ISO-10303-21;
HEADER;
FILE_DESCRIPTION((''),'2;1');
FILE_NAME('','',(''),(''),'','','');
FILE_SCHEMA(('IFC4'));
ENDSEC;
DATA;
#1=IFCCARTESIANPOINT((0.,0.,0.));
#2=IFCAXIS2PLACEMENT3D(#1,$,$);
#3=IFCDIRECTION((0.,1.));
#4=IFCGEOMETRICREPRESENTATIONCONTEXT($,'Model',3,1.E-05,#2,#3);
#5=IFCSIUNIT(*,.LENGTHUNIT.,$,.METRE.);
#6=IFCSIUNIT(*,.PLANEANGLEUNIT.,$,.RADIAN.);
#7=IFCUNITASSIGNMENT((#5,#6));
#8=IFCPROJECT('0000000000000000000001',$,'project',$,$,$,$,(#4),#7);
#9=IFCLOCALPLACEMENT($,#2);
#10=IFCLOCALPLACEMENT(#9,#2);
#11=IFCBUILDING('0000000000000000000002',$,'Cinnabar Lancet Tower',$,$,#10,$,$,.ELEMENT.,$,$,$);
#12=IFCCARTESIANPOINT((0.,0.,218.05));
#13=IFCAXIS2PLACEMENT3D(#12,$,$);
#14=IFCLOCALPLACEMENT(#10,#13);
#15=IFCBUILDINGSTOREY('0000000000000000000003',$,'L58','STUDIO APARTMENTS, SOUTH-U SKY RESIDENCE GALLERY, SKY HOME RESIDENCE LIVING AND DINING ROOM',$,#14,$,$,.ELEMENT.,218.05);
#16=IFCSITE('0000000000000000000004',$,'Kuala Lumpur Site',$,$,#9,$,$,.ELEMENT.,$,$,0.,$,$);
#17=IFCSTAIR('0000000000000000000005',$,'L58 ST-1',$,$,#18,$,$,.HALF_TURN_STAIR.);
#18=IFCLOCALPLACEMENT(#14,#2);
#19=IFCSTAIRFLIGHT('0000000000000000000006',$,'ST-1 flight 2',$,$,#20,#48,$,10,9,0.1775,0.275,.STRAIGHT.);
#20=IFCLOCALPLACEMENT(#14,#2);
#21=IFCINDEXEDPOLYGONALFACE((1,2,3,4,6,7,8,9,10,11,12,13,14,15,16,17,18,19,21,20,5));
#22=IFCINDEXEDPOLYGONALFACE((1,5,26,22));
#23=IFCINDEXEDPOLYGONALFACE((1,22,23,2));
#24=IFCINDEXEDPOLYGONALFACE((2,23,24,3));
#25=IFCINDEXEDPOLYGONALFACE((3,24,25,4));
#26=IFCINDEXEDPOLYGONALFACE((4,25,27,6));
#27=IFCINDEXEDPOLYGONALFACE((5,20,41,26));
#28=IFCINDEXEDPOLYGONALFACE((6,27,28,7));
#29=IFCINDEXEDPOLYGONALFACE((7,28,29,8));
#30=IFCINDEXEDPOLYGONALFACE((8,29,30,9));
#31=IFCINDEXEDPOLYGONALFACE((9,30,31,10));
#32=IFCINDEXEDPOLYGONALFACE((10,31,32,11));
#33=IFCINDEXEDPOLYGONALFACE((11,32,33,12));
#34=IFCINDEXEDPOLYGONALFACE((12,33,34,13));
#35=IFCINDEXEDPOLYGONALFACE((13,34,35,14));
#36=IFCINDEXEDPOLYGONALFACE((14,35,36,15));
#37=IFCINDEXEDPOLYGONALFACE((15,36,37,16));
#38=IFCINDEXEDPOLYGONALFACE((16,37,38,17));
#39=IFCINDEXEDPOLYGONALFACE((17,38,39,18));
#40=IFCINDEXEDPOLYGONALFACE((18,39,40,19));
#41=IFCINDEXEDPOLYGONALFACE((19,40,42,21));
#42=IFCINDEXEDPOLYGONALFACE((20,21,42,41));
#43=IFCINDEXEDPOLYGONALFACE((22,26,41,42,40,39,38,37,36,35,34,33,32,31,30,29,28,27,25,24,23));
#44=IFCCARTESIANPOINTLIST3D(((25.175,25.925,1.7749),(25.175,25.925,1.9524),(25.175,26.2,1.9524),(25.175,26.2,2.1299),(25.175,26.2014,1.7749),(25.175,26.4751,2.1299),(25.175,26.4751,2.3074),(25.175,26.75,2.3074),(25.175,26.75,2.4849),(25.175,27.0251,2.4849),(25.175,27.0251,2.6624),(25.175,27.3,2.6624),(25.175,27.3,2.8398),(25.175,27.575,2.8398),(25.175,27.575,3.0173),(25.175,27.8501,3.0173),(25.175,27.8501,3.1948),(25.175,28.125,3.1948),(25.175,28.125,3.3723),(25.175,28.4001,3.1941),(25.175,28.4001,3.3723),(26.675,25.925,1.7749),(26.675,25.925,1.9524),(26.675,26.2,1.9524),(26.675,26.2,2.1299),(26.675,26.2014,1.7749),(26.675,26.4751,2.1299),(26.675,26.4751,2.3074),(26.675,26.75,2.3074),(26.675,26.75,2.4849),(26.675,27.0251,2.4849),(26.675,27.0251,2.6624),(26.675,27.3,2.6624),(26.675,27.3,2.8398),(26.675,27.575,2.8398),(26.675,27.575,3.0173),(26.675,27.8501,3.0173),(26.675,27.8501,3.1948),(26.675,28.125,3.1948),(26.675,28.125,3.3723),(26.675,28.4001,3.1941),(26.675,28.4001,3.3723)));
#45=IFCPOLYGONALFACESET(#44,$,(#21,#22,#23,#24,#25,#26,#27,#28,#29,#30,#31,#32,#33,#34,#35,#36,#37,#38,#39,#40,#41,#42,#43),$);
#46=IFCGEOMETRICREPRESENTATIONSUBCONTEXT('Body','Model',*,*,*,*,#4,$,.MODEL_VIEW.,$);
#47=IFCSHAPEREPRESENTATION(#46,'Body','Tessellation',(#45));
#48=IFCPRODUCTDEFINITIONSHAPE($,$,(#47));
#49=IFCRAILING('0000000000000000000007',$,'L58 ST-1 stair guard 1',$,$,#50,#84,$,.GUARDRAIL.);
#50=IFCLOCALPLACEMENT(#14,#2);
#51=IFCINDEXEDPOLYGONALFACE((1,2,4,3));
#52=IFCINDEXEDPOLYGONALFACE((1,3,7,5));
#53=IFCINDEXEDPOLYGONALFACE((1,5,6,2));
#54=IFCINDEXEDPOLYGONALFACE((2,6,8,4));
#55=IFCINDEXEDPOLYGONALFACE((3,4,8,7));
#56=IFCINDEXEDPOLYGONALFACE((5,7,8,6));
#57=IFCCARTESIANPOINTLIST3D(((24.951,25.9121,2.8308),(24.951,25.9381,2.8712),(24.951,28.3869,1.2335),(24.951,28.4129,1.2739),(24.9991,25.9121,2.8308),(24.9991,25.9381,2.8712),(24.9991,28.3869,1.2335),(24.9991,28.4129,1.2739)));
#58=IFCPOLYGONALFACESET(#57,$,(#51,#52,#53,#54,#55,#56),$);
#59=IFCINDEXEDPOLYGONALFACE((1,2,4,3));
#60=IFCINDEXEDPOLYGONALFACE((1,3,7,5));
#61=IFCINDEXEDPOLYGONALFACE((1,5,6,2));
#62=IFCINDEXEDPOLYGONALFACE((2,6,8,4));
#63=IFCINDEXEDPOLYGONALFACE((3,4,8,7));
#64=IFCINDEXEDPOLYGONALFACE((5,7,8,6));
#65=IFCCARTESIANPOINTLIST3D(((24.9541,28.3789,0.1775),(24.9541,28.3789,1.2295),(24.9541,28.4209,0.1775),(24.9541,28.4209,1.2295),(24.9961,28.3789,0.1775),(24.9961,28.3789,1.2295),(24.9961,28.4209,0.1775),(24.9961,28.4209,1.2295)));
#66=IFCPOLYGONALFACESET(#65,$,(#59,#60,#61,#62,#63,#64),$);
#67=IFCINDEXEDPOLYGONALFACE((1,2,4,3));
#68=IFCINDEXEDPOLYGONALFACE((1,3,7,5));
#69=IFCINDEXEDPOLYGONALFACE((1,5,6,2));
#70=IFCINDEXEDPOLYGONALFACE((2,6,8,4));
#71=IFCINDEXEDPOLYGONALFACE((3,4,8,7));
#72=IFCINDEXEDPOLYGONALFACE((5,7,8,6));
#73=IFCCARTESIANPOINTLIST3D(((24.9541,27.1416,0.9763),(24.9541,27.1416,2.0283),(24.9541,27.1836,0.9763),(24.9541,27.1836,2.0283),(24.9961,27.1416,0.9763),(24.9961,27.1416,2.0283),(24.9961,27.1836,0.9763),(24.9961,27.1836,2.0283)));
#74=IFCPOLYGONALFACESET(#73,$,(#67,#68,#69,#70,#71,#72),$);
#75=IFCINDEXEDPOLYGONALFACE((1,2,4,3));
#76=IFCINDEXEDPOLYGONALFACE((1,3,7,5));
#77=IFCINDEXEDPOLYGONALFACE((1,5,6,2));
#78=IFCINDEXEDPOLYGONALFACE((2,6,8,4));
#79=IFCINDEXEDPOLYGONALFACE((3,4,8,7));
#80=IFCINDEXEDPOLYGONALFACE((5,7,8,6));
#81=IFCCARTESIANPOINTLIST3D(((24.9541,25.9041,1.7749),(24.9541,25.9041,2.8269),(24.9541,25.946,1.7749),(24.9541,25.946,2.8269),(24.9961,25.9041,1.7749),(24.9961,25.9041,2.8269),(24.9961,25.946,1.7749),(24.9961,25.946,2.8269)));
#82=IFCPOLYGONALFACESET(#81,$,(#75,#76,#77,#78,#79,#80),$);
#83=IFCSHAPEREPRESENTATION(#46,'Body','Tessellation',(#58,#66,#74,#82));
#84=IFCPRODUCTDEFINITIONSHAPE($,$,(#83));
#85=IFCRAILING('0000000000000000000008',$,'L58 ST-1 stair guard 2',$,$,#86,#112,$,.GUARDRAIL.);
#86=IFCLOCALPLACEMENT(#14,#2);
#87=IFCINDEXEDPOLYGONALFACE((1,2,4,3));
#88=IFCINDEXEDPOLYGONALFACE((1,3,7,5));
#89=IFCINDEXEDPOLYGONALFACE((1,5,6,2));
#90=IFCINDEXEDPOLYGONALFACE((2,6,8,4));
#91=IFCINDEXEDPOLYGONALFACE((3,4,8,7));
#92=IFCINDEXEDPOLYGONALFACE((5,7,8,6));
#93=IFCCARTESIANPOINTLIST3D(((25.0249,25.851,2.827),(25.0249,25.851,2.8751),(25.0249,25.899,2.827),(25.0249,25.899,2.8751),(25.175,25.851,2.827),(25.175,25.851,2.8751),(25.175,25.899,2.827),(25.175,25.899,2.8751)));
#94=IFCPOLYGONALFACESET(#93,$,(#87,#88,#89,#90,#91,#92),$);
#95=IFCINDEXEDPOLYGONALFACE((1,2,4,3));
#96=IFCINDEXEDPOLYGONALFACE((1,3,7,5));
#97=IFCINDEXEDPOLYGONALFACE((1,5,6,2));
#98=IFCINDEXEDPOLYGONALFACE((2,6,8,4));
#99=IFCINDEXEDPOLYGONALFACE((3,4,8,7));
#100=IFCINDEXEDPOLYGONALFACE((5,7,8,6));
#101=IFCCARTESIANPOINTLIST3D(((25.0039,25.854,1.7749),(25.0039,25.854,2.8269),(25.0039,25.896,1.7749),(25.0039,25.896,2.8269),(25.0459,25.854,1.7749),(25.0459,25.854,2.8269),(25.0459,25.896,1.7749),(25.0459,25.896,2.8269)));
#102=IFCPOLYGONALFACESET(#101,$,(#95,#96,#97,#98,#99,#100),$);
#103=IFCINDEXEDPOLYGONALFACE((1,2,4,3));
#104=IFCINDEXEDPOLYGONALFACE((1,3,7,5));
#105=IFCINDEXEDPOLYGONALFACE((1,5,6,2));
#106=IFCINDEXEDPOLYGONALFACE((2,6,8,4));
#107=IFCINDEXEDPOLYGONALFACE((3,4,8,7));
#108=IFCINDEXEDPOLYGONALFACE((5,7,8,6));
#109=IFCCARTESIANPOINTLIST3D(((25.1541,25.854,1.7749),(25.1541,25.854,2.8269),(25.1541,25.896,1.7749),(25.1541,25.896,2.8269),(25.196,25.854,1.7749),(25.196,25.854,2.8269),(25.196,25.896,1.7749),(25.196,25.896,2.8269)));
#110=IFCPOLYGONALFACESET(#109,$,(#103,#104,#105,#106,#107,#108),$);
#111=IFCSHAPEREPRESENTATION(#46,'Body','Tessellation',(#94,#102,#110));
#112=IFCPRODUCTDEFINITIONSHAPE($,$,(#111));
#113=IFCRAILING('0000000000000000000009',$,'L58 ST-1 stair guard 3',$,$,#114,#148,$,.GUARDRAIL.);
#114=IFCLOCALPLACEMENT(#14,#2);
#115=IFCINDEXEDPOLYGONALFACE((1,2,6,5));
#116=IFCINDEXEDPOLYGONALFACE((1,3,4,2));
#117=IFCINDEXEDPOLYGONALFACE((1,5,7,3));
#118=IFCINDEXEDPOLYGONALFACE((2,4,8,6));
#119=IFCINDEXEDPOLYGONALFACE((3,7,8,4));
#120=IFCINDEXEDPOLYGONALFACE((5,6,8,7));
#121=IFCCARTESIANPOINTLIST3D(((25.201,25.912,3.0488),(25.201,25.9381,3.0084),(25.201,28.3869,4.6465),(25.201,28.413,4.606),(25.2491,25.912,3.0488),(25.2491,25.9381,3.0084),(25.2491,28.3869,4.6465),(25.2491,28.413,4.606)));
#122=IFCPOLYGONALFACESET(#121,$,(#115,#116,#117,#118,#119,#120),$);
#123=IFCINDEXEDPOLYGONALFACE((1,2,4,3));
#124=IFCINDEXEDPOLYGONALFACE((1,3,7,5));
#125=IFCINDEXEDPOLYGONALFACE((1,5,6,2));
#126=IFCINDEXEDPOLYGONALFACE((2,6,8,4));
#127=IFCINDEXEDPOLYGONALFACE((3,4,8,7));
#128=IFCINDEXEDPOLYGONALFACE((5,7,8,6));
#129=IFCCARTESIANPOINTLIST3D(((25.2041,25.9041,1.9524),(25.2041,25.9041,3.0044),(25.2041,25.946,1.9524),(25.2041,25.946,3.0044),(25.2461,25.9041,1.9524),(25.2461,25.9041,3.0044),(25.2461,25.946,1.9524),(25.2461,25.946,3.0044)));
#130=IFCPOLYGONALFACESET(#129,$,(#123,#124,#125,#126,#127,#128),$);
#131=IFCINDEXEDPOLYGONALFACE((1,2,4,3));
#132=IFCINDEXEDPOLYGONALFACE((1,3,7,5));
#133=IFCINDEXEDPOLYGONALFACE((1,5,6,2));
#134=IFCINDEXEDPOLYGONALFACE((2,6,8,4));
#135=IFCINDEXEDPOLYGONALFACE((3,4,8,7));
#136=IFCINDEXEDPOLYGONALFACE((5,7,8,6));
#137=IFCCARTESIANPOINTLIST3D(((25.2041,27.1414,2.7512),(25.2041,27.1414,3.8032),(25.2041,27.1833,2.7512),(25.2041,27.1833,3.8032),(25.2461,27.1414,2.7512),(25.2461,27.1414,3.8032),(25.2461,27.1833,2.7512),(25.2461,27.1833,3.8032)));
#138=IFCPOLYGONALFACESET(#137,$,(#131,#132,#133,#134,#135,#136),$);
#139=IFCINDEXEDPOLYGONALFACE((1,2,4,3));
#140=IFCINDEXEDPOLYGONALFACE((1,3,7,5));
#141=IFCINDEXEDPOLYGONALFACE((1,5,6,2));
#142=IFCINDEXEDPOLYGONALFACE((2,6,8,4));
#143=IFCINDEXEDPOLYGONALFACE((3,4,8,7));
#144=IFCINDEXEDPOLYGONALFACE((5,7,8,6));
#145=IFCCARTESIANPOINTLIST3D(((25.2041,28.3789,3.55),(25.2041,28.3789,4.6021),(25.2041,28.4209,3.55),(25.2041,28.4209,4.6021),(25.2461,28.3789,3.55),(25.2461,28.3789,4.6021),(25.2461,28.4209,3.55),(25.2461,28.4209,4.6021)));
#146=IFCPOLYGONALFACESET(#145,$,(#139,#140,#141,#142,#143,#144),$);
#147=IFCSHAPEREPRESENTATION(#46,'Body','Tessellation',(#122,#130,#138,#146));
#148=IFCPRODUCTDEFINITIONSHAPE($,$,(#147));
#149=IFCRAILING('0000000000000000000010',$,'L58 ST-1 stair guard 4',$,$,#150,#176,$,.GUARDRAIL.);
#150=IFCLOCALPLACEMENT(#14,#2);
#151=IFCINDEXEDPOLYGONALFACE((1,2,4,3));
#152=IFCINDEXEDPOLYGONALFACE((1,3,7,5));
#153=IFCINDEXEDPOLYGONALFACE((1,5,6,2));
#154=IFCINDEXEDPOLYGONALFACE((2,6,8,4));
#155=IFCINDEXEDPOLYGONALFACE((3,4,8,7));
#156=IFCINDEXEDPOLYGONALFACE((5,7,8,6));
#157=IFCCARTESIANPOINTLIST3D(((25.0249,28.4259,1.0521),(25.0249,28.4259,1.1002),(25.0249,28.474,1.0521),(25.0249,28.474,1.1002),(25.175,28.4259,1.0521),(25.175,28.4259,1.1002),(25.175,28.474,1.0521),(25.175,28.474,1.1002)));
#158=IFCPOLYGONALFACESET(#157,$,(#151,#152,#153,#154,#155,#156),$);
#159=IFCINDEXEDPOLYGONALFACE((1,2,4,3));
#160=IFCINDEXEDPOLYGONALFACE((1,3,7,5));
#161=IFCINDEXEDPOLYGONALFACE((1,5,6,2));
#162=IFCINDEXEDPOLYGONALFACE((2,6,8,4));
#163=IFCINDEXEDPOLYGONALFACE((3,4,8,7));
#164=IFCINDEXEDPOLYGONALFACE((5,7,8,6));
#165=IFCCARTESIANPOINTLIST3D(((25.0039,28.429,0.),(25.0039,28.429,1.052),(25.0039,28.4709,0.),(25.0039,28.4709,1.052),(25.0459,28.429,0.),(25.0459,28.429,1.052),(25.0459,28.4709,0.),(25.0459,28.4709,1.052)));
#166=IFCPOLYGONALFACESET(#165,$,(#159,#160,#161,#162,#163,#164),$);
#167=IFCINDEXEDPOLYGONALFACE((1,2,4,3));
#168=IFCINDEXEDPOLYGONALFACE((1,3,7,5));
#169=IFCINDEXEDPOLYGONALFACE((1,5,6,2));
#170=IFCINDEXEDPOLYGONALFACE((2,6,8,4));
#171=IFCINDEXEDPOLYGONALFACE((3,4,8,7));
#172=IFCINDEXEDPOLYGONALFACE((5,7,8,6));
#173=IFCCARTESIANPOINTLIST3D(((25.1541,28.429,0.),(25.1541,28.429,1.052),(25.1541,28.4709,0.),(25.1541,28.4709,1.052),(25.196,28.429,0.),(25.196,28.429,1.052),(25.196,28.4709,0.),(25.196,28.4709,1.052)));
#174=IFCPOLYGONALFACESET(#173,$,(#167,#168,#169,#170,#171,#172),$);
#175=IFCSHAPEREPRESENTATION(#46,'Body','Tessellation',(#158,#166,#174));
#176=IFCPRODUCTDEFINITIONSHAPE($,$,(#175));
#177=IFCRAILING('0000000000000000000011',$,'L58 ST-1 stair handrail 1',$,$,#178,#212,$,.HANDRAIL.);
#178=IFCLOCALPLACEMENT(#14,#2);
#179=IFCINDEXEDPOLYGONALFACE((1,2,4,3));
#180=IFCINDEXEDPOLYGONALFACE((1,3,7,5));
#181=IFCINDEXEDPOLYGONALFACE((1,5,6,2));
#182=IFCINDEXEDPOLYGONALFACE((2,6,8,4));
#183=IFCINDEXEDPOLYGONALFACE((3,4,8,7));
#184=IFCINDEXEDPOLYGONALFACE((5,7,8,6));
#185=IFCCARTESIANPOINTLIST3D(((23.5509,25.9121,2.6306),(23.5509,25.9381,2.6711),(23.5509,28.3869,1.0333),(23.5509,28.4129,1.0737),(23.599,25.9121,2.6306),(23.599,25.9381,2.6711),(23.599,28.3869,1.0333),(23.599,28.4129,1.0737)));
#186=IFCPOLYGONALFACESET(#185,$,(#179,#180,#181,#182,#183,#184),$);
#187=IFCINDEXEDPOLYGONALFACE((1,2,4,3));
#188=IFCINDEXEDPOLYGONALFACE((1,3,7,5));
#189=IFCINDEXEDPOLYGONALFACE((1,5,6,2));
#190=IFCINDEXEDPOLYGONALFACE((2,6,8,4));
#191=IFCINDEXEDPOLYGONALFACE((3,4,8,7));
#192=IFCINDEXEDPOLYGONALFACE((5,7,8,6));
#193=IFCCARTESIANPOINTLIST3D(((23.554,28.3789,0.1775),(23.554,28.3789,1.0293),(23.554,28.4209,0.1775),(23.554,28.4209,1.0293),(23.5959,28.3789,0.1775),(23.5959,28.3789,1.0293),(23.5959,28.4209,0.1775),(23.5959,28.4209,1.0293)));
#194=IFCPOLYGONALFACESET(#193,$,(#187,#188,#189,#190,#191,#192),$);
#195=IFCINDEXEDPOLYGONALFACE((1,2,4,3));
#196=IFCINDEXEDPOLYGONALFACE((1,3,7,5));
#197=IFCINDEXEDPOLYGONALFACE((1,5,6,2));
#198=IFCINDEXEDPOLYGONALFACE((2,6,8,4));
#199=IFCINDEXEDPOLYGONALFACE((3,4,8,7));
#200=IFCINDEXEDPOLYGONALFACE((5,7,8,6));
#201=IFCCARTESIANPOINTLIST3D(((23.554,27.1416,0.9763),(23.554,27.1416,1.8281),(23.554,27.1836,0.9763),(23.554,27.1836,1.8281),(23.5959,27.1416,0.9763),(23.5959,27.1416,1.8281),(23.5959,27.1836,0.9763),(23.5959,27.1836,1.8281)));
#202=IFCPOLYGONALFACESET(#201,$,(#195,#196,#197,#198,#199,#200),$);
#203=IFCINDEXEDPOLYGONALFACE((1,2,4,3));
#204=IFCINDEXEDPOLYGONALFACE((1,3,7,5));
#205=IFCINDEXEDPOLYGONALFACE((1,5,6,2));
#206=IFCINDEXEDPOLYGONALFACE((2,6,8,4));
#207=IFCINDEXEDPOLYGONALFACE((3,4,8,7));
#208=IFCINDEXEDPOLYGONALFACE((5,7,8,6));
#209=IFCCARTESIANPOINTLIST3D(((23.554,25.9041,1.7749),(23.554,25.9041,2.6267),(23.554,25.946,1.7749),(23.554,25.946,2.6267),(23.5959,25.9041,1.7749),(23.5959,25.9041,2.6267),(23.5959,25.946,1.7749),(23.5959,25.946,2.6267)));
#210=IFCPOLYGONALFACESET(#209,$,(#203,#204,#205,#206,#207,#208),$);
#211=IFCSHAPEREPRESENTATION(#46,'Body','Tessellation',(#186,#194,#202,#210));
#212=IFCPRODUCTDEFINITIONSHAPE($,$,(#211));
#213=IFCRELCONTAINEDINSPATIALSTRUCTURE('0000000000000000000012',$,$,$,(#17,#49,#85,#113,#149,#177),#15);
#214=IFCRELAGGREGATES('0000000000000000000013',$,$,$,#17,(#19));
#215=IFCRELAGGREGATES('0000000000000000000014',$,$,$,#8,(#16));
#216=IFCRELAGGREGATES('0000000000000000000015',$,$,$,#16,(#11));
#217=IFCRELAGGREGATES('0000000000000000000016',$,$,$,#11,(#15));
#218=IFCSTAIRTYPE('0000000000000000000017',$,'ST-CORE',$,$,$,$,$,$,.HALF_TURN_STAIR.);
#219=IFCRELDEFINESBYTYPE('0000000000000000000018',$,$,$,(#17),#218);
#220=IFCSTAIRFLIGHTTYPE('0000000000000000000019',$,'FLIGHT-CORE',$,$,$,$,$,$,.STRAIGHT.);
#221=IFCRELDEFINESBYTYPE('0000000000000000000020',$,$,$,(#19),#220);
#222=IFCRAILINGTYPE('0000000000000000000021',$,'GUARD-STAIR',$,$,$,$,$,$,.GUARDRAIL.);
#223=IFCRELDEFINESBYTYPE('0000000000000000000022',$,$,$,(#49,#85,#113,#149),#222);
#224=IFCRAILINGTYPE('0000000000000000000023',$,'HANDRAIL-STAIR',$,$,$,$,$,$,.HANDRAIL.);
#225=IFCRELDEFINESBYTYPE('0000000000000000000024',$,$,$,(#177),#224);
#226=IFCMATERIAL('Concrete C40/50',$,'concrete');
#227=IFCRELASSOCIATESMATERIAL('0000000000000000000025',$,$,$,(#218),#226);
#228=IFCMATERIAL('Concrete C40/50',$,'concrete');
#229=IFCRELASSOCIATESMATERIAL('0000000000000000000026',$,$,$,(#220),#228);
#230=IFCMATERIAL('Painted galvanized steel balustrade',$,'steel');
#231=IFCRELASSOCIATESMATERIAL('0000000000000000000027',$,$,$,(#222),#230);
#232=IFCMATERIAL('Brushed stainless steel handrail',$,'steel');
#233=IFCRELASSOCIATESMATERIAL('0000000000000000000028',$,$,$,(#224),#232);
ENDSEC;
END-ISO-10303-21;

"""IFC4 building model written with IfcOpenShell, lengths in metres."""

from ifc_helpers import new_model, si_unit, direction, frame, origin, origin_2d, place, context, subcontext, project, spatial, polyline, rectangle, outline, extrude, material, type_object, element, aggregate, save


model = new_model("IFC4")

# Units and contexts
model_context = context("Model", 3, precision=1e-05, world=origin(), true_north=direction((0.0, 1.0)))
body_context = subcontext(model_context, "Body", "Model", "MODEL_VIEW")
ifc_project = project(units=[si_unit("LENGTHUNIT", "METRE"), si_unit("PLANEANGLEUNIT", "RADIAN")], contexts=[model_context])

# Site, building, storey
site_placement = place(None, origin())
site = spatial("IfcSite", under=ifc_project, at=site_placement, Name="Kuala Lumpur Site", CompositionType="ELEMENT", RefElevation=0.0)
building_placement = place(site_placement, origin())
building = spatial("IfcBuilding", under=site, at=building_placement, Name="Cinnabar Lancet Tower", CompositionType="ELEMENT")
storey_placement = place(building_placement, frame((0.0, 0.0, 218.05)))
storey = spatial("IfcBuildingStorey", under=building, at=storey_placement, Name="L58", Description="STUDIO APARTMENTS, SOUTH-U SKY RESIDENCE GALLERY, SKY HOME RESIDENCE LIVING AND DINING ROOM", CompositionType="ELEMENT", Elevation=218.05)

# Stair, stair flight
ifc_material_1 = material(Name="Concrete C40/50", Category="concrete")
stair_type = type_object("IfcStairType", Name="ST-CORE", PredefinedType="HALF_TURN_STAIR", material=ifc_material_1)
stair_placement = place(storey_placement, origin())
stair = element("IfcStair", 1, at=stair_placement, inside=storey, type_object=stair_type, Name="L58 ST-1", PredefinedType="HALF_TURN_STAIR")
ifc_material_2 = material(Name="Concrete C40/50", Category="concrete")
stair_flight_type = type_object("IfcStairFlightType", Name="FLIGHT-CORE", PredefinedType="STRAIGHT", material=ifc_material_2)
stair_flight_1_placement = place(storey_placement, frame((25.925, 25.925, 1.7749), z_axis=(0.0, 0.0, 1.0), x_axis=(0.0, 1.0, 0.0)))
stair_flight_1 = element("IfcStairFlight", 2, at=stair_flight_1_placement, type_object=stair_flight_type, Name="ST-1 flight 2", NumberOfRisers=10, NumberOfTreads=9, PredefinedType="STRAIGHT", RiserHeight=0.1775, TreadLength=0.275, context=body_context, shape_type="SweptSolid", body=[
    extrude(outline(polyline([(0.0, 0.0), (0.0, 0.1775), (0.2749, 0.1775), (0.2749, 0.355), (0.55, 0.355), (0.55, 0.5325), (0.825, 0.5325), (0.825, 0.71), (1.1001, 0.71), (1.1001, 0.8875), (1.375, 0.8875), (1.375, 1.0649), (1.6499, 1.0649), (1.6499, 1.2424), (1.925, 1.2424), (1.925, 1.4199), (2.2, 1.4199), (2.2, 1.5974), (2.4751, 1.5974), (2.4751, 1.7749), (2.4751, 1.4192), (0.2764, 0.0), (0.0, 0.0)])), frame((0.0, 0.75, 0.0), z_axis=(0.0, -1.0, 0.0), x_axis=(1.0, 0.0, 0.0)), (0.0, 0.0, 1.0), 1.5),
])
aggregate(stair, [stair_flight_1])

# Railings
ifc_material_3 = material(Name="Painted galvanized steel balustrade", Category="steel")
railing_type_1 = type_object("IfcRailingType", Name="GUARD-STAIR", PredefinedType="GUARDRAIL", material=ifc_material_3)
railing_1_placement = place(storey_placement, frame((24.9751, 28.3999, 0.1775)))
element("IfcRailing", 3, at=railing_1_placement, inside=storey, type_object=railing_type_1, Name="L58 ST-1 stair guard 1", PredefinedType="GUARDRAIL", context=body_context, shape_type="SweptSolid", body=[
    extrude(rectangle(XDim=0.0481, YDim=0.0481, at=origin_2d()), frame((0.0, 0.0, 1.0762), z_axis=(0.0, -0.840183, 0.542302), x_axis=(1.0, 0.0, 0.0)), (0.0, 0.0, 1.0), 2.9456),
    extrude(rectangle(XDim=0.042, YDim=0.042, at=origin_2d()), origin(), (0.0, 0.0, 1.0), 1.052),
    extrude(rectangle(XDim=0.042, YDim=0.042, at=origin_2d()), frame((0.0, -1.2373, 0.7988)), (0.0, 0.0, 1.0), 1.052),
    extrude(rectangle(XDim=0.042, YDim=0.042, at=origin_2d()), frame((0.0, -2.4749, 1.5974)), (0.0, 0.0, 1.0), 1.052),
])
railing_2_placement = place(storey_placement, frame((25.0249, 25.875, 1.7749)))
element("IfcRailing", 4, at=railing_2_placement, inside=storey, type_object=railing_type_1, Name="L58 ST-1 stair guard 2", PredefinedType="GUARDRAIL", context=body_context, shape_type="SweptSolid", body=[
    extrude(rectangle(XDim=0.0481, YDim=0.0481, at=origin_2d()), frame((0.0, 0.0, 1.0762), z_axis=(1.0, 0.0, 0.0), x_axis=(0.0, 1.0, 0.0)), (0.0, 0.0, 1.0), 0.1501),
    extrude(rectangle(XDim=0.042, YDim=0.042, at=origin_2d()), origin(), (0.0, 0.0, 1.0), 1.052),
    extrude(rectangle(XDim=0.042, YDim=0.042, at=origin_2d()), frame((0.1501, 0.0, 0.0)), (0.0, 0.0, 1.0), 1.052),
])
railing_3_placement = place(storey_placement, frame((25.2251, 25.925, 1.9524)))
element("IfcRailing", 5, at=railing_3_placement, inside=storey, type_object=railing_type_1, Name="L58 ST-1 stair guard 3", PredefinedType="GUARDRAIL", context=body_context, shape_type="SweptSolid", body=[
    extrude(rectangle(XDim=0.0481, YDim=0.0481, at=origin_2d()), frame((0.0, 0.0, 1.0762), z_axis=(0.0, 0.840146, 0.542361), x_axis=(-1.0, 0.0, 0.0)), (0.0, 0.0, 1.0), 2.9458),
    extrude(rectangle(XDim=0.042, YDim=0.042, at=origin_2d()), origin(), (0.0, 0.0, 1.0), 1.052),
    extrude(rectangle(XDim=0.042, YDim=0.042, at=origin_2d()), frame((0.0, 1.2373, 0.7988)), (0.0, 0.0, 1.0), 1.052),
    extrude(rectangle(XDim=0.042, YDim=0.042, at=origin_2d()), frame((0.0, 2.4749, 1.5977)), (0.0, 0.0, 1.0), 1.052),
])
railing_4_placement = place(storey_placement, frame((25.0249, 28.45, 0.0)))
element("IfcRailing", 6, at=railing_4_placement, inside=storey, type_object=railing_type_1, Name="L58 ST-1 stair guard 4", PredefinedType="GUARDRAIL", context=body_context, shape_type="SweptSolid", body=[
    extrude(rectangle(XDim=0.0481, YDim=0.0481, at=origin_2d()), frame((0.0, 0.0, 1.0762), z_axis=(1.0, 0.0, 0.0), x_axis=(0.0, 1.0, 0.0)), (0.0, 0.0, 1.0), 0.1501),
    extrude(rectangle(XDim=0.042, YDim=0.042, at=origin_2d()), origin(), (0.0, 0.0, 1.0), 1.052),
    extrude(rectangle(XDim=0.042, YDim=0.042, at=origin_2d()), frame((0.1501, 0.0, 0.0)), (0.0, 0.0, 1.0), 1.052),
])
ifc_material_4 = material(Name="Brushed stainless steel handrail", Category="steel")
railing_type_2 = type_object("IfcRailingType", Name="HANDRAIL-STAIR", PredefinedType="HANDRAIL", material=ifc_material_4)
railing_5_placement = place(storey_placement, frame((23.575, 28.3999, 0.1775)))
element("IfcRailing", 7, at=railing_5_placement, inside=storey, type_object=railing_type_2, Name="L58 ST-1 stair handrail 1", PredefinedType="HANDRAIL", context=body_context, shape_type="SweptSolid", body=[
    extrude(rectangle(XDim=0.0481, YDim=0.0481, at=origin_2d()), frame((0.0, 0.0, 0.876), z_axis=(0.0, -0.840183, 0.542302), x_axis=(1.0, 0.0, 0.0)), (0.0, 0.0, 1.0), 2.9456),
    extrude(rectangle(XDim=0.042, YDim=0.042, at=origin_2d()), origin(), (0.0, 0.0, 1.0), 0.8518),
    extrude(rectangle(XDim=0.042, YDim=0.042, at=origin_2d()), frame((0.0, -1.2373, 0.7988)), (0.0, 0.0, 1.0), 0.8518),
    extrude(rectangle(XDim=0.042, YDim=0.042, at=origin_2d()), frame((0.0, -2.4749, 1.5974)), (0.0, 0.0, 1.0), 0.8518),
])

save(model, "model.ifc")
